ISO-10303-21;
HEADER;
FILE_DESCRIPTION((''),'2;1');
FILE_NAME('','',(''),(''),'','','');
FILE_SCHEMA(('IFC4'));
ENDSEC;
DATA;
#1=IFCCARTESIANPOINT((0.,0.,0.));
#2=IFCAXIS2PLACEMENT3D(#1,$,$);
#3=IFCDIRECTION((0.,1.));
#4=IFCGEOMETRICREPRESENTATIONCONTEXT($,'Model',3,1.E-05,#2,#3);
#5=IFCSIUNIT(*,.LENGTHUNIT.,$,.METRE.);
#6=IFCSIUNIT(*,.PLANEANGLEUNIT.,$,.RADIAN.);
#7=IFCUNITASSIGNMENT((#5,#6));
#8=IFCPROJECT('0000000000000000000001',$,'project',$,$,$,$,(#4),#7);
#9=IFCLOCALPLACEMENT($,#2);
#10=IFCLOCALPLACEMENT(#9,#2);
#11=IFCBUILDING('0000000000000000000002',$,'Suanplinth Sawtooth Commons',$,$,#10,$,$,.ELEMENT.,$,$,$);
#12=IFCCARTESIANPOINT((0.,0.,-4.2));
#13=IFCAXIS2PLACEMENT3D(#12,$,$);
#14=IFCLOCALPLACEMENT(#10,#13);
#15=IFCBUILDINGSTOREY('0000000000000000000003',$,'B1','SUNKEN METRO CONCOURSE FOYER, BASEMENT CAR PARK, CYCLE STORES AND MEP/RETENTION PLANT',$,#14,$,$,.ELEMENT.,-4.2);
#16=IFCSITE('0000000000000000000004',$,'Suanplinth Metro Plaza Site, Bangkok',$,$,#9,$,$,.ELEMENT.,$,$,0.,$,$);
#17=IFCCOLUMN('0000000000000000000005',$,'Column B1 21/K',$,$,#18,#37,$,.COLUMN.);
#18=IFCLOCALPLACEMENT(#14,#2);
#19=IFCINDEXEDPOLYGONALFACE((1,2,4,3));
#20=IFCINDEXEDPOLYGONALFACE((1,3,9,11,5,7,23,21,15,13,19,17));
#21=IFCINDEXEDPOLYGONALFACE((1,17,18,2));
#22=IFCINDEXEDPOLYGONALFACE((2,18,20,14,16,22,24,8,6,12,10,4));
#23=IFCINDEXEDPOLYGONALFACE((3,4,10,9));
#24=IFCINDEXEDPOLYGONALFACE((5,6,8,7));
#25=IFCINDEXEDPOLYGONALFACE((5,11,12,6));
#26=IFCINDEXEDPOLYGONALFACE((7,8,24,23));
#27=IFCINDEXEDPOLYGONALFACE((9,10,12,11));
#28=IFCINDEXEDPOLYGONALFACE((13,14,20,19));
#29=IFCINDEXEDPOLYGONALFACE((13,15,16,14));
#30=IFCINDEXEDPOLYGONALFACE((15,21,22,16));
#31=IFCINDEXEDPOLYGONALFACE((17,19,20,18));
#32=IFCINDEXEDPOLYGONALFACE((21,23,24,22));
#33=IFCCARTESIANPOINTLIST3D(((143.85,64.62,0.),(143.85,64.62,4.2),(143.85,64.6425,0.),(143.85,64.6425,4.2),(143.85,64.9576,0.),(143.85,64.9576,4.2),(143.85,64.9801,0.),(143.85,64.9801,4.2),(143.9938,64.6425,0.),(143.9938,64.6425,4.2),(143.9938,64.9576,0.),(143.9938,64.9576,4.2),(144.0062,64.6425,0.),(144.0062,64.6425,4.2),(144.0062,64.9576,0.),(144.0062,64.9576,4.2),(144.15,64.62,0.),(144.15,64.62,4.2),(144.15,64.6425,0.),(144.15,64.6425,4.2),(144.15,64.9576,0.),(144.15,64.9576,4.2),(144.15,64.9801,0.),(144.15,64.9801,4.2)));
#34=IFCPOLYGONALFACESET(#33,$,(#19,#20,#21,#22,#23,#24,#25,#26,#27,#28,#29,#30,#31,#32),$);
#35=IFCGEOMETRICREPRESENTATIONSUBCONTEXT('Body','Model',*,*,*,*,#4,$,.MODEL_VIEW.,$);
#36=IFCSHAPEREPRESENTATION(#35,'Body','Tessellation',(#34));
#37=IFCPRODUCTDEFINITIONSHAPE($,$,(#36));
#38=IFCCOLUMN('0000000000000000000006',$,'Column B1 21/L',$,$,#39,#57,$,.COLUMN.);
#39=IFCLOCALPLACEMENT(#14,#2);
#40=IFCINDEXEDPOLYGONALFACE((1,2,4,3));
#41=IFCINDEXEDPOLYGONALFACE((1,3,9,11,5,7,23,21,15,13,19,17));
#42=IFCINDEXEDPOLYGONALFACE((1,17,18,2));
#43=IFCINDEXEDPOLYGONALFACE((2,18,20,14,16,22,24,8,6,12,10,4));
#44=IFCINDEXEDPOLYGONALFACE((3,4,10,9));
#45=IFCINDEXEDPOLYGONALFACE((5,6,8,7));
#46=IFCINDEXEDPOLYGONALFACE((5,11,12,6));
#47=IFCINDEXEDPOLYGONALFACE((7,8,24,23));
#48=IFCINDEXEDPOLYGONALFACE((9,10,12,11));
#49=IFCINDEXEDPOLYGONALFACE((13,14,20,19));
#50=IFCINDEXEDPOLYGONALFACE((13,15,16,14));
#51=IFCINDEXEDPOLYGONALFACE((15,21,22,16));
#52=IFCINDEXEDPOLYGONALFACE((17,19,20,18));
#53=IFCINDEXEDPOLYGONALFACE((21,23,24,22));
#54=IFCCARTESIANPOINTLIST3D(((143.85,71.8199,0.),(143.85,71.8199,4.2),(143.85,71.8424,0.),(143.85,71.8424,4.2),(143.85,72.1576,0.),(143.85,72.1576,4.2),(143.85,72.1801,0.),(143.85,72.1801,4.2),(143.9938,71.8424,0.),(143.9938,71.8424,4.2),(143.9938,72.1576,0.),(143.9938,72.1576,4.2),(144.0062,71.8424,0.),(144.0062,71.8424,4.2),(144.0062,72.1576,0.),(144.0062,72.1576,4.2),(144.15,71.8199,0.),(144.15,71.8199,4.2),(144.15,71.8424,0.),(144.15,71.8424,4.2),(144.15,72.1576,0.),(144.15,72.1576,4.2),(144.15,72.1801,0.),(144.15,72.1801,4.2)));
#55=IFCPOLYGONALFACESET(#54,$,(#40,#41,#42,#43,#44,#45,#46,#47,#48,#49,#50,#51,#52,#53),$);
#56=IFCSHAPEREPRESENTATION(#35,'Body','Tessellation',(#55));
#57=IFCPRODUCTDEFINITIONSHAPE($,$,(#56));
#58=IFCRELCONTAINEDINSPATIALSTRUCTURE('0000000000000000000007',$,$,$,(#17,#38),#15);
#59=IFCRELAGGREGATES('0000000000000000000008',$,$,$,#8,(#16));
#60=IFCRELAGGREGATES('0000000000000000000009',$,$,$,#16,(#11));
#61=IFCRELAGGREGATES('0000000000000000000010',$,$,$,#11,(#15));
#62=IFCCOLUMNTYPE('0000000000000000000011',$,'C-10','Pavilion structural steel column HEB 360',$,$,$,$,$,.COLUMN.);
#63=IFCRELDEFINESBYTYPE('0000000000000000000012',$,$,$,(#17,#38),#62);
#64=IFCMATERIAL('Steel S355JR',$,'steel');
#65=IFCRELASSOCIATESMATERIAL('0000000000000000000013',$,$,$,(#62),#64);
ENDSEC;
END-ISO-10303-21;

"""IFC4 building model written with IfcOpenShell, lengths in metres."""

from ifc_helpers import new_model, si_unit, direction, frame, origin, origin_2d, place, context, subcontext, project, spatial, i_section, extrude, material, material_profile, profile_set, type_object, element, save


model = new_model("IFC4")

# Units and contexts
model_context = context("Model", 3, precision=1e-05, world=origin(), true_north=direction((0.0, 1.0)))
body_context = subcontext(model_context, "Body", "Model", "MODEL_VIEW")
ifc_project = project(units=[si_unit("LENGTHUNIT", "METRE"), si_unit("PLANEANGLEUNIT", "RADIAN")], contexts=[model_context])

# Site, building, storey
site_placement = place(None, origin())
site = spatial("IfcSite", under=ifc_project, at=site_placement, Name="Suanplinth Metro Plaza Site, Bangkok", CompositionType="ELEMENT", RefElevation=0.0)
building_placement = place(site_placement, origin())
building = spatial("IfcBuilding", under=site, at=building_placement, Name="Suanplinth Sawtooth Commons", CompositionType="ELEMENT")
storey_placement = place(building_placement, frame((0.0, 0.0, -4.2)))
storey = spatial("IfcBuildingStorey", under=building, at=storey_placement, Name="B1", Description="SUNKEN METRO CONCOURSE FOYER, BASEMENT CAR PARK, CYCLE STORES AND MEP/RETENTION PLANT", CompositionType="ELEMENT", Elevation=-4.2)

# Columns
ifc_material_1 = material(Name="Steel S355JR", Category="steel")
ifc_material_profile_1 = material_profile(ifc_material_1, i_section(OverallWidth=0.3, OverallDepth=0.3601, WebThickness=0.0125, FlangeThickness=0.0225, at=origin_2d()), Name="HEB 360")
ifc_profile_set_1 = profile_set([ifc_material_profile_1], Name="Steel S355JR")
column_type = type_object("IfcColumnType", Name="C-10", Description="Pavilion structural steel column HEB 360", PredefinedType="COLUMN", material=ifc_profile_set_1)
for number, where, z_axis, x_axis, name in (
    (1, (144.0, 64.8, 0.0), (0.0, 0.0, 1.0), (1.0, 0.0, 0.0), "Column B1 21/K"),
    (2, (144.0, 72.0, 0.0), (0.0, 0.0, 1.0), (1.0, 0.0, 0.0), "Column B1 21/L"),
):
    element("IfcColumn", number, at=place(storey_placement, frame(where, z_axis=z_axis, x_axis=x_axis)), inside=storey, type_object=column_type, Name=name, PredefinedType="COLUMN", context=body_context, shape_type="SweptSolid", body=[
        extrude(i_section(OverallWidth=0.3, OverallDepth=0.3601, WebThickness=0.0125, FlangeThickness=0.0225, at=origin_2d()), origin(), (0.0, 0.0, 1.0), 4.2),
    ])

save(model, "model.ifc")
